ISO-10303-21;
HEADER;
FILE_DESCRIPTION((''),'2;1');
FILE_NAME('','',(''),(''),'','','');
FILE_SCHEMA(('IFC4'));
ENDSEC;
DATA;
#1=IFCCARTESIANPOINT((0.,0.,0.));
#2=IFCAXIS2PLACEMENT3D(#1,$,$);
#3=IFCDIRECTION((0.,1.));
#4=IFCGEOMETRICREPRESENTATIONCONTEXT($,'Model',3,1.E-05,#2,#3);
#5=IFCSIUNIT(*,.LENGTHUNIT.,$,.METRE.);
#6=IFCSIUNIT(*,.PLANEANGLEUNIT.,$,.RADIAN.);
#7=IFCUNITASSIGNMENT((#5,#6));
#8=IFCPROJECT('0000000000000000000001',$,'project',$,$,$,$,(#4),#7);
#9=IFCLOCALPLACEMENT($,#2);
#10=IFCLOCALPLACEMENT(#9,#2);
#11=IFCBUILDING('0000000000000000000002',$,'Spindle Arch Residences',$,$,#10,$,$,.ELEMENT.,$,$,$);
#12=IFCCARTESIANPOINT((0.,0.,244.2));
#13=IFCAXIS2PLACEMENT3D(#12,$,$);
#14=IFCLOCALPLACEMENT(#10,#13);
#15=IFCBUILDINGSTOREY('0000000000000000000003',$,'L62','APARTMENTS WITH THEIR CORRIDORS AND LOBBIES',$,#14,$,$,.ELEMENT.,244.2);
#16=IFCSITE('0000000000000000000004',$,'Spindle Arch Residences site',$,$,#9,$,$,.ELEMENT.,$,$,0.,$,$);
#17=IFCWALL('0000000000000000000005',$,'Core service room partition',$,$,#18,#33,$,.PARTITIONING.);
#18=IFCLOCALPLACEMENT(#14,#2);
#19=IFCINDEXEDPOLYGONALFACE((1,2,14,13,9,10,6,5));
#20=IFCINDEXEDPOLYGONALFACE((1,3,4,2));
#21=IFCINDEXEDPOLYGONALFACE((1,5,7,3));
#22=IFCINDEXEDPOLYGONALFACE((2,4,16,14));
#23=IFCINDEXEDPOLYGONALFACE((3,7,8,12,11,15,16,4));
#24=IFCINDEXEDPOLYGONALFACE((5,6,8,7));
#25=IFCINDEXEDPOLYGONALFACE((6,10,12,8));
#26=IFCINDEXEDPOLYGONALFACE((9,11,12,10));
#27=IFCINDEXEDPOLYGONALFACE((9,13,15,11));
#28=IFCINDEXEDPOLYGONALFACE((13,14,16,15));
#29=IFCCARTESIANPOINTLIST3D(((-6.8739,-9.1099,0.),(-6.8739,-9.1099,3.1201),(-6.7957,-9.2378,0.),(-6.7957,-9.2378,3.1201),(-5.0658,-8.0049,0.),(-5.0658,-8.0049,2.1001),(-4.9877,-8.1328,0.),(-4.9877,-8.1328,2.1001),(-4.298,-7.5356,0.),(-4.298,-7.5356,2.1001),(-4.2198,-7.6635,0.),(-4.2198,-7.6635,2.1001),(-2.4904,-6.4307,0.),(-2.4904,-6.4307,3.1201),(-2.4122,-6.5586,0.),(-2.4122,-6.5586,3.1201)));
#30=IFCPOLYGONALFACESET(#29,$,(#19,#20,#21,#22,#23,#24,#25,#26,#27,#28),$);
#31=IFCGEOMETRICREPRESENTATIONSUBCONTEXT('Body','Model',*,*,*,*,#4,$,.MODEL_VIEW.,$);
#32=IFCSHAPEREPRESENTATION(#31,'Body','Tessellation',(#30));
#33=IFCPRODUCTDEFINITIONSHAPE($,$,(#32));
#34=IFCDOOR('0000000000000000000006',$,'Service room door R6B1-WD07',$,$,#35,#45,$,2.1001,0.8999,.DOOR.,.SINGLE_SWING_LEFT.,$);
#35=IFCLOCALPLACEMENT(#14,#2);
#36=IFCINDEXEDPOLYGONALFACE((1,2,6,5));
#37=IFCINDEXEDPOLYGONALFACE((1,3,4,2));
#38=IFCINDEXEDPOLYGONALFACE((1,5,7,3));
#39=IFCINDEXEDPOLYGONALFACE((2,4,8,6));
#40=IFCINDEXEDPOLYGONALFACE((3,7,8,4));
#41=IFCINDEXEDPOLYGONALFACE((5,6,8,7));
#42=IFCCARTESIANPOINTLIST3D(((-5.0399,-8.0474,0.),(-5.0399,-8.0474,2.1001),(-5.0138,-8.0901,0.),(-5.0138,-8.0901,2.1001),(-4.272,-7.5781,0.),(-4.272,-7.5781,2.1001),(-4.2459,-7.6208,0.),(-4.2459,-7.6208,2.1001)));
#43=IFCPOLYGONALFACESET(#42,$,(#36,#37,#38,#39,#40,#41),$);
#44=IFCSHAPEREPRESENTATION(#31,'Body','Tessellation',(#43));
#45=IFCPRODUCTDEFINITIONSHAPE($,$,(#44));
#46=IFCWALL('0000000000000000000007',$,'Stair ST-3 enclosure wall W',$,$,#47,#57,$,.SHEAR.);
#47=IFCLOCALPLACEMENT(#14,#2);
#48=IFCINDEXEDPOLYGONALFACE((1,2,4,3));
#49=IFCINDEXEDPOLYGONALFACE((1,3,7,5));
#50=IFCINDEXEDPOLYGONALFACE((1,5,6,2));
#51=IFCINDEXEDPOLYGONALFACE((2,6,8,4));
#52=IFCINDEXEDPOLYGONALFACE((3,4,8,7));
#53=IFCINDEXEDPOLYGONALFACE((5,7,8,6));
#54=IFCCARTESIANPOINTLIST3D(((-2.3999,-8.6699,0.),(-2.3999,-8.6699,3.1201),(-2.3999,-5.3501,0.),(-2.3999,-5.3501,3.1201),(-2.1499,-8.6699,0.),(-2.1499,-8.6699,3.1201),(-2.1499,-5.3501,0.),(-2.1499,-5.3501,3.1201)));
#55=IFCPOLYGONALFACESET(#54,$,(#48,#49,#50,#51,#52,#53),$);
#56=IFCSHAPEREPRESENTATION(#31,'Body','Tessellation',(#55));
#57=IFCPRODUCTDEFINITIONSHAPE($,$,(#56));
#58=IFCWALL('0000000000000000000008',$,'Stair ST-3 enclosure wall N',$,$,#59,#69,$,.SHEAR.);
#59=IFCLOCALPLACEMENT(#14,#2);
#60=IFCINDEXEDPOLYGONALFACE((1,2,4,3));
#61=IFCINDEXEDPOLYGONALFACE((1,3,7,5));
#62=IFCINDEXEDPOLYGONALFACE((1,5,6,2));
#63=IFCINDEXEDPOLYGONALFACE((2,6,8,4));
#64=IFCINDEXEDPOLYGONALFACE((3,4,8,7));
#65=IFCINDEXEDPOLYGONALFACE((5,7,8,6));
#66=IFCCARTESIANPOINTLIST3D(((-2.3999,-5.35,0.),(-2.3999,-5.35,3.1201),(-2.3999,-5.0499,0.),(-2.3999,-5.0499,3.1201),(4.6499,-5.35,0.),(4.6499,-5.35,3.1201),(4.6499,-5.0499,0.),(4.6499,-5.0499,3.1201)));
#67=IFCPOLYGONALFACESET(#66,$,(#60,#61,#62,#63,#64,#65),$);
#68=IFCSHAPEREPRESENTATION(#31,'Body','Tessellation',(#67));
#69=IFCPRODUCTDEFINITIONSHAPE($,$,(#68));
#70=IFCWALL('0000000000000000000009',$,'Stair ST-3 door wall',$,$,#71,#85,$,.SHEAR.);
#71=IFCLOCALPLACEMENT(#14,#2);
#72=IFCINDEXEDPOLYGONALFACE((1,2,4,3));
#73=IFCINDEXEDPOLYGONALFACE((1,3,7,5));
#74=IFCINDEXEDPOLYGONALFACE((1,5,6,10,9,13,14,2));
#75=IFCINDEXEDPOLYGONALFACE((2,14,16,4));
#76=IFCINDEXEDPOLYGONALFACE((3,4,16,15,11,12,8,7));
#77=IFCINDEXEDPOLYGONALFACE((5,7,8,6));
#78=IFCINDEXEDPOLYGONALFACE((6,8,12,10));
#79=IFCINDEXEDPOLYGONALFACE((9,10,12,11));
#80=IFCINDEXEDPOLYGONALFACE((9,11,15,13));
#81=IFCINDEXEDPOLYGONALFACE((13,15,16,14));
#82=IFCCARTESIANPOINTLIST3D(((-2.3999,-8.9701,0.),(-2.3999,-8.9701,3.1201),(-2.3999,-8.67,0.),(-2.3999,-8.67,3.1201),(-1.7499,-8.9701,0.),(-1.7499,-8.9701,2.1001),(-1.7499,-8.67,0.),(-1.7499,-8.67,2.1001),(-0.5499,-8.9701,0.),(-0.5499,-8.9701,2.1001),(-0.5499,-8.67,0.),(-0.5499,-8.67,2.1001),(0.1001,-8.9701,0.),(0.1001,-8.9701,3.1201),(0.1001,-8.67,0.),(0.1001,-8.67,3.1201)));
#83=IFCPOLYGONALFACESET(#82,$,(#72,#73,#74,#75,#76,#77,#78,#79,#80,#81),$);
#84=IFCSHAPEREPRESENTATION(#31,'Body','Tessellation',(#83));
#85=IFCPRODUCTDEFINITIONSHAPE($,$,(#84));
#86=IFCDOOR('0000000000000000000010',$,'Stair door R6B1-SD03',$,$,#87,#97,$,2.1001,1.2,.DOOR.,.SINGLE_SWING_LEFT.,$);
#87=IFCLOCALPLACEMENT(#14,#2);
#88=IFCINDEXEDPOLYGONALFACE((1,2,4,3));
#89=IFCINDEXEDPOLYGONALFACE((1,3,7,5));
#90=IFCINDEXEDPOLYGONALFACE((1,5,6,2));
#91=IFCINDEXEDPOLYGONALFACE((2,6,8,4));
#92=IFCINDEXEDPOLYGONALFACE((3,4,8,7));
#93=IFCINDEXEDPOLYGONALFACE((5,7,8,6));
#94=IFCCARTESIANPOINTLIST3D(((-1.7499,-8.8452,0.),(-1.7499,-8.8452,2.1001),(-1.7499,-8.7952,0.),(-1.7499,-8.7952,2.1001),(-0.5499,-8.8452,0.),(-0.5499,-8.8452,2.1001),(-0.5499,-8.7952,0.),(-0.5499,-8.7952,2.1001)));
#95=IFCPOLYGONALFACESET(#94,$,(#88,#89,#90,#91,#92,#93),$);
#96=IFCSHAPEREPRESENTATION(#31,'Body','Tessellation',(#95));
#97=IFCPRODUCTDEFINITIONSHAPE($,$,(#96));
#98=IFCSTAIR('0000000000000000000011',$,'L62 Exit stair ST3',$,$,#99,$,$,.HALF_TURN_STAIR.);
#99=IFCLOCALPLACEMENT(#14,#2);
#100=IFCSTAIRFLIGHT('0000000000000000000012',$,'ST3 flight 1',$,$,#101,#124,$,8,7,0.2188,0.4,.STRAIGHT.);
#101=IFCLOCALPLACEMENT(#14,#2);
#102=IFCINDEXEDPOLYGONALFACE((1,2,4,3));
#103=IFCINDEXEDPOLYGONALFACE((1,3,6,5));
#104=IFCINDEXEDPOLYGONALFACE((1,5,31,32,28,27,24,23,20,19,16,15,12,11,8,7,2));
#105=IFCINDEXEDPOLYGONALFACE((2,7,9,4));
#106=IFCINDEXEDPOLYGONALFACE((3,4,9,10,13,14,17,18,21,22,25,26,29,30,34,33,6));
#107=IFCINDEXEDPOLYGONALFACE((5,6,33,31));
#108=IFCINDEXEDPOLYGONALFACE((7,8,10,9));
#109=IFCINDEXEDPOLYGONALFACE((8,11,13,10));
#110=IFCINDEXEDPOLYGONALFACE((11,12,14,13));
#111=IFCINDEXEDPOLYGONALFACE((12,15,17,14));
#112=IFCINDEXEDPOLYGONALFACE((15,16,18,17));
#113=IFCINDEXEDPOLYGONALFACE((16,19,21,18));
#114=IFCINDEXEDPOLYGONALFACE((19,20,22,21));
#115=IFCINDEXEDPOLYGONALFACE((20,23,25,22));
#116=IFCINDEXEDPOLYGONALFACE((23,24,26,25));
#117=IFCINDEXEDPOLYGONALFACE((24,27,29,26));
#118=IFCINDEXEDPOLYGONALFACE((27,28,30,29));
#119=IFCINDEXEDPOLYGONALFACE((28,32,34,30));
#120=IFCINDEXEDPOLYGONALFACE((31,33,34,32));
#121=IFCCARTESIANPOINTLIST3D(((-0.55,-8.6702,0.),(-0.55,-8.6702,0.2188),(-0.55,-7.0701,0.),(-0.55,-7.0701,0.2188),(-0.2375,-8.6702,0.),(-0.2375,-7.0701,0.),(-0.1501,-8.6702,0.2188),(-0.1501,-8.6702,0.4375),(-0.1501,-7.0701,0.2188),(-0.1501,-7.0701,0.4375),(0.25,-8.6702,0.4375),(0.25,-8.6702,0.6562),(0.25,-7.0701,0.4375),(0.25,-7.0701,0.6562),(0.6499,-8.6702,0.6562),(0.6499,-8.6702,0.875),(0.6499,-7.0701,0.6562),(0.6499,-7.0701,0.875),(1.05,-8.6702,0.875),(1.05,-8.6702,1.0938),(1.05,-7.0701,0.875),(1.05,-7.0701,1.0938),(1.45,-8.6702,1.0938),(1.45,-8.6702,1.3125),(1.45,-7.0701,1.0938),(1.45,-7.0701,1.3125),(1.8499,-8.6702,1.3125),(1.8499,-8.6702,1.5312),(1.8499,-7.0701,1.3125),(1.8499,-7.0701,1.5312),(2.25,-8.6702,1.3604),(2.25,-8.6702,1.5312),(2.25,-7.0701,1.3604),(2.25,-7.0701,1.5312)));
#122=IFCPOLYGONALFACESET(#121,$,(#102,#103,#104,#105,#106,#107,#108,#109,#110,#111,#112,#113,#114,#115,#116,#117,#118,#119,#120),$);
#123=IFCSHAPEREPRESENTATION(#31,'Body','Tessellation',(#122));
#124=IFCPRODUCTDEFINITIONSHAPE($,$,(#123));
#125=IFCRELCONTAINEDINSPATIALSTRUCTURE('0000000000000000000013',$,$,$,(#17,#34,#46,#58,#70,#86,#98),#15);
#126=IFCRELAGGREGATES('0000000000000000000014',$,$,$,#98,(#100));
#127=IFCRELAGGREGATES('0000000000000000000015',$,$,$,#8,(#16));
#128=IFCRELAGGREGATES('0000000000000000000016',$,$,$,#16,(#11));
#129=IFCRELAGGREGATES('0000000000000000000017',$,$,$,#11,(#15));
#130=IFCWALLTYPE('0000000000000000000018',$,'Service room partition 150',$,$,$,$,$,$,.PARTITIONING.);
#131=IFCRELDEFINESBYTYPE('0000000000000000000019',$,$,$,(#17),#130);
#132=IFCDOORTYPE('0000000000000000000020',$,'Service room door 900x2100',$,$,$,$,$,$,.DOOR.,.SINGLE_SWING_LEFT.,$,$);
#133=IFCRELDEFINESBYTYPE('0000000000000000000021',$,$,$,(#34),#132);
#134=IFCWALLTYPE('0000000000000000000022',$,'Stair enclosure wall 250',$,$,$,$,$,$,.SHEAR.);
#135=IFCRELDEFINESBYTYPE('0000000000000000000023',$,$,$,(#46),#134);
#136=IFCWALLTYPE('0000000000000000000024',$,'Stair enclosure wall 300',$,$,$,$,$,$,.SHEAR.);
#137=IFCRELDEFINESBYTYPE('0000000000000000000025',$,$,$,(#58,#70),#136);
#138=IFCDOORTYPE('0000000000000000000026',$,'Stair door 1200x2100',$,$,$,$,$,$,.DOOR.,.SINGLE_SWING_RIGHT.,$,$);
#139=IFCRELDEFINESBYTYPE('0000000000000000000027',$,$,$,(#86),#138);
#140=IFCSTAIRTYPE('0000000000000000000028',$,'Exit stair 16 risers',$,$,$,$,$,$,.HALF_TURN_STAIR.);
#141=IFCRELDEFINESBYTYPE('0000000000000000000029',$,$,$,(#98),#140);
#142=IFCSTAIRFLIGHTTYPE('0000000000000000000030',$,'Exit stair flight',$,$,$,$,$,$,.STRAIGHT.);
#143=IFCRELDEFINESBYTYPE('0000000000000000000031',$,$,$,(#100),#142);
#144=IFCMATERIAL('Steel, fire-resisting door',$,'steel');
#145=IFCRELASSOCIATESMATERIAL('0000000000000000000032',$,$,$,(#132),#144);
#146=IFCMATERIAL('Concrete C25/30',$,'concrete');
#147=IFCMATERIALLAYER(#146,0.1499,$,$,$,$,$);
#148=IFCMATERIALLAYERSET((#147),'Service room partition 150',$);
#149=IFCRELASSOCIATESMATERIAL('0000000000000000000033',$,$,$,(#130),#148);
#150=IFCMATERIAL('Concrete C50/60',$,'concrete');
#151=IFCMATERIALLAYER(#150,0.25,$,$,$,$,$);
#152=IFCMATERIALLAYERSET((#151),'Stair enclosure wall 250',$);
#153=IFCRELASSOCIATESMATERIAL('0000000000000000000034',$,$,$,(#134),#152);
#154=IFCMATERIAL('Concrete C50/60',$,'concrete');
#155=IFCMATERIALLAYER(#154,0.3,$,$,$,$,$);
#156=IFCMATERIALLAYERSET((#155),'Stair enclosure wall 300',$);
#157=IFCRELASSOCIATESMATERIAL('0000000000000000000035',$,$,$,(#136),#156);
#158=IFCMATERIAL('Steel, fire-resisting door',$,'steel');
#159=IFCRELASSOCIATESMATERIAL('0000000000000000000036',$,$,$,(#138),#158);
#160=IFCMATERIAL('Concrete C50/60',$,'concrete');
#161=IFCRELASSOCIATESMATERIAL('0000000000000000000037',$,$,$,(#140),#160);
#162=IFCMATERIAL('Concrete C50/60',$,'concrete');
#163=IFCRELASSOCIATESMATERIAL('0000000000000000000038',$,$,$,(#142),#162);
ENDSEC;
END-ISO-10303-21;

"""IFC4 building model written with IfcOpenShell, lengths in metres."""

from ifc_helpers import new_model, si_unit, direction, frame, frame_2d, origin, place, context, subcontext, project, spatial, polyline, rectangle, outline, extrude, material, layer, layer_set, type_object, element, fill, aggregate, save


model = new_model("IFC4")

# Units and contexts
model_context = context("Model", 3, precision=1e-05, world=origin(), true_north=direction((0.0, 1.0)))
body_context = subcontext(model_context, "Body", "Model", "MODEL_VIEW")
ifc_project = project(units=[si_unit("LENGTHUNIT", "METRE"), si_unit("PLANEANGLEUNIT", "RADIAN")], contexts=[model_context])

# Site, building, storey
site_placement = place(None, origin())
site = spatial("IfcSite", under=ifc_project, at=site_placement, Name="Spindle Arch Residences site", CompositionType="ELEMENT", RefElevation=0.0)
building_placement = place(site_placement, origin())
building = spatial("IfcBuilding", under=site, at=building_placement, Name="Spindle Arch Residences", CompositionType="ELEMENT")
storey_placement = place(building_placement, frame((0.0, 0.0, 244.2)))
storey = spatial("IfcBuildingStorey", under=building, at=storey_placement, Name="L62", Description="APARTMENTS WITH THEIR CORRIDORS AND LOBBIES", CompositionType="ELEMENT", Elevation=244.2)

# Shared definitions
ifc_material_1 = material(Name="Steel, fire-resisting door", Category="steel")
door_type_1 = type_object("IfcDoorType", Name="Service room door 900x2100", OperationType="SINGLE_SWING_LEFT", PredefinedType="DOOR", material=ifc_material_1)

# Wall, opening, door
ifc_material_2 = material(Name="Concrete C25/30", Category="concrete")
ifc_layer_1 = layer(ifc_material_2, 0.1499)
ifc_layer_set_1 = layer_set([ifc_layer_1], Name="Service room partition 150")
wall_type_1 = type_object("IfcWallType", Name="Service room partition 150", PredefinedType="PARTITIONING", material=ifc_layer_set_1)
wall_1_placement = place(storey_placement, frame((-2.4512, -6.4946, 0.0), z_axis=(0.0, 0.0, 1.0), x_axis=(-0.85325, -0.521502, 0.0)))
wall_1 = element("IfcWall", 1, at=wall_1_placement, inside=storey, type_object=wall_type_1, Name="Core service room partition", PredefinedType="PARTITIONING", context=body_context, shape_type="SweptSolid", body=[
    extrude(rectangle(XDim=5.1375, YDim=0.1499, at=frame_2d((2.5688, 0.0))), origin(), (0.0, 0.0, 1.0), 3.1201),
])
opening_1_placement = place(wall_1_placement, frame((2.1187, 0.0, 0.0)))
opening_1 = element("IfcOpeningElement", 2, at=opening_1_placement, cuts=wall_1, PredefinedType="OPENING", context=body_context, shape_type="SweptSolid", body=[
    extrude(rectangle(XDim=0.8999, YDim=2.1001, at=frame_2d((0.45, 1.05))), frame((0.0, 0.085, 0.0), z_axis=(0.0, -1.0, 0.0), x_axis=(1.0, 0.0, 0.0)), (0.0, 0.0, 1.0), 0.1699),
])
door_1_placement = place(opening_1_placement, origin())
door_1 = element("IfcDoor", 3, at=door_1_placement, inside=storey, type_object=door_type_1, Name="Service room door R6B1-WD07", OperationType="SINGLE_SWING_LEFT", OverallHeight=2.1001, OverallWidth=0.8999, PredefinedType="DOOR", context=body_context, shape_type="SweptSolid", body=[
    extrude(rectangle(XDim=0.8999, YDim=2.1001, at=frame_2d((0.45, 1.05))), frame((0.0, 0.0249, 0.0), z_axis=(0.0, -1.0, 0.0), x_axis=(1.0, 0.0, 0.0)), (0.0, 0.0, 1.0), 0.05),
])
fill(opening_1, door_1)

# Walls
ifc_material_3 = material(Name="Concrete C50/60", Category="concrete")
ifc_layer_2 = layer(ifc_material_3, 0.25)
ifc_layer_set_2 = layer_set([ifc_layer_2], Name="Stair enclosure wall 250")
wall_type_2 = type_object("IfcWallType", Name="Stair enclosure wall 250", PredefinedType="SHEAR", material=ifc_layer_set_2)
wall_2_placement = place(storey_placement, frame((-2.2749, -8.6699, 0.0), z_axis=(0.0, 0.0, 1.0), x_axis=(0.0, 1.0, 0.0)))
element("IfcWall", 4, at=wall_2_placement, inside=storey, type_object=wall_type_2, Name="Stair ST-3 enclosure wall W", PredefinedType="SHEAR", context=body_context, shape_type="SweptSolid", body=[
    extrude(rectangle(XDim=3.3198, YDim=0.25, at=frame_2d((1.6599, 0.0))), origin(), (0.0, 0.0, 1.0), 3.1201),
])
ifc_material_4 = material(Name="Concrete C50/60", Category="concrete")
ifc_layer_3 = layer(ifc_material_4, 0.3)
ifc_layer_set_3 = layer_set([ifc_layer_3], Name="Stair enclosure wall 300")
wall_type_3 = type_object("IfcWallType", Name="Stair enclosure wall 300", PredefinedType="SHEAR", material=ifc_layer_set_3)
wall_3_placement = place(storey_placement, frame((-2.3999, -5.2, 0.0), z_axis=(0.0, 0.0, 1.0), x_axis=(1.0, 0.0, 0.0)))
element("IfcWall", 5, at=wall_3_placement, inside=storey, type_object=wall_type_3, Name="Stair ST-3 enclosure wall N", PredefinedType="SHEAR", context=body_context, shape_type="SweptSolid", body=[
    extrude(rectangle(XDim=7.0498, YDim=0.3, at=frame_2d((3.5249, 0.0))), origin(), (0.0, 0.0, 1.0), 3.1201),
])

# Wall, opening, door
wall_4_placement = place(storey_placement, frame((-2.3999, -8.8201, 0.0), z_axis=(0.0, 0.0, 1.0), x_axis=(1.0, 0.0, 0.0)))
wall_4 = element("IfcWall", 6, at=wall_4_placement, inside=storey, type_object=wall_type_3, Name="Stair ST-3 door wall", PredefinedType="SHEAR", context=body_context, shape_type="SweptSolid", body=[
    extrude(rectangle(XDim=2.5, YDim=0.3, at=frame_2d((1.25, 0.0))), origin(), (0.0, 0.0, 1.0), 3.1201),
])
opening_2_placement = place(wall_4_placement, frame((0.6499, 0.0, 0.0)))
opening_2 = element("IfcOpeningElement", 7, at=opening_2_placement, cuts=wall_4, PredefinedType="OPENING", context=body_context, shape_type="SweptSolid", body=[
    extrude(rectangle(XDim=1.2, YDim=2.1001, at=frame_2d((0.6001, 1.05))), frame((0.0, 0.1602, 0.0), z_axis=(0.0, -1.0, 0.0), x_axis=(1.0, 0.0, 0.0)), (0.0, 0.0, 1.0), 0.3201),
])
ifc_material_5 = material(Name="Steel, fire-resisting door", Category="steel")
door_type_2 = type_object("IfcDoorType", Name="Stair door 1200x2100", OperationType="SINGLE_SWING_RIGHT", PredefinedType="DOOR", material=ifc_material_5)
door_2_placement = place(opening_2_placement, origin())
door_2 = element("IfcDoor", 8, at=door_2_placement, inside=storey, type_object=door_type_2, Name="Stair door R6B1-SD03", OperationType="SINGLE_SWING_LEFT", OverallHeight=2.1001, OverallWidth=1.2, PredefinedType="DOOR", context=body_context, shape_type="SweptSolid", body=[
    extrude(rectangle(XDim=1.2, YDim=2.1001, at=frame_2d((0.6001, 1.05))), frame((0.0, 0.0249, 0.0), z_axis=(0.0, -1.0, 0.0), x_axis=(1.0, 0.0, 0.0)), (0.0, 0.0, 1.0), 0.05),
])
fill(opening_2, door_2)

# Stair, stair flight
ifc_material_6 = material(Name="Concrete C50/60", Category="concrete")
stair_type = type_object("IfcStairType", Name="Exit stair 16 risers", PredefinedType="HALF_TURN_STAIR", material=ifc_material_6)
stair_placement = place(storey_placement, origin())
stair = element("IfcStair", 9, at=stair_placement, inside=storey, type_object=stair_type, Name="L62 Exit stair ST3", PredefinedType="HALF_TURN_STAIR")
ifc_material_7 = material(Name="Concrete C50/60", Category="concrete")
stair_flight_type = type_object("IfcStairFlightType", Name="Exit stair flight", PredefinedType="STRAIGHT", material=ifc_material_7)
stair_flight_placement = place(storey_placement, frame((-0.55, -7.8701, 0.0), z_axis=(0.0, 0.0, 1.0), x_axis=(1.0, 0.0, 0.0)))
stair_flight = element("IfcStairFlight", 10, at=stair_flight_placement, type_object=stair_flight_type, Name="ST3 flight 1", NumberOfRisers=8, NumberOfTreads=7, PredefinedType="STRAIGHT", RiserHeight=0.2188, TreadLength=0.4, context=body_context, shape_type="SweptSolid", body=[
    extrude(outline(polyline([(0.0, 0.0), (0.0, 0.2188), (0.3999, 0.2188), (0.3999, 0.4375), (0.8, 0.4375), (0.8, 0.6562), (1.2, 0.6562), (1.2, 0.875), (1.6001, 0.875), (1.6001, 1.0938), (2.0, 1.0938), (2.0, 1.3125), (2.3999, 1.3125), (2.3999, 1.5312), (2.8, 1.5312), (2.8, 1.75), (2.8, 1.3604), (0.3125, 0.0), (0.0, 0.0)])), frame((0.0, 0.8, 0.0), z_axis=(0.0, -1.0, 0.0), x_axis=(1.0, 0.0, 0.0)), (0.0, 0.0, 1.0), 1.6001),
])
aggregate(stair, [stair_flight])

save(model, "model.ifc")
